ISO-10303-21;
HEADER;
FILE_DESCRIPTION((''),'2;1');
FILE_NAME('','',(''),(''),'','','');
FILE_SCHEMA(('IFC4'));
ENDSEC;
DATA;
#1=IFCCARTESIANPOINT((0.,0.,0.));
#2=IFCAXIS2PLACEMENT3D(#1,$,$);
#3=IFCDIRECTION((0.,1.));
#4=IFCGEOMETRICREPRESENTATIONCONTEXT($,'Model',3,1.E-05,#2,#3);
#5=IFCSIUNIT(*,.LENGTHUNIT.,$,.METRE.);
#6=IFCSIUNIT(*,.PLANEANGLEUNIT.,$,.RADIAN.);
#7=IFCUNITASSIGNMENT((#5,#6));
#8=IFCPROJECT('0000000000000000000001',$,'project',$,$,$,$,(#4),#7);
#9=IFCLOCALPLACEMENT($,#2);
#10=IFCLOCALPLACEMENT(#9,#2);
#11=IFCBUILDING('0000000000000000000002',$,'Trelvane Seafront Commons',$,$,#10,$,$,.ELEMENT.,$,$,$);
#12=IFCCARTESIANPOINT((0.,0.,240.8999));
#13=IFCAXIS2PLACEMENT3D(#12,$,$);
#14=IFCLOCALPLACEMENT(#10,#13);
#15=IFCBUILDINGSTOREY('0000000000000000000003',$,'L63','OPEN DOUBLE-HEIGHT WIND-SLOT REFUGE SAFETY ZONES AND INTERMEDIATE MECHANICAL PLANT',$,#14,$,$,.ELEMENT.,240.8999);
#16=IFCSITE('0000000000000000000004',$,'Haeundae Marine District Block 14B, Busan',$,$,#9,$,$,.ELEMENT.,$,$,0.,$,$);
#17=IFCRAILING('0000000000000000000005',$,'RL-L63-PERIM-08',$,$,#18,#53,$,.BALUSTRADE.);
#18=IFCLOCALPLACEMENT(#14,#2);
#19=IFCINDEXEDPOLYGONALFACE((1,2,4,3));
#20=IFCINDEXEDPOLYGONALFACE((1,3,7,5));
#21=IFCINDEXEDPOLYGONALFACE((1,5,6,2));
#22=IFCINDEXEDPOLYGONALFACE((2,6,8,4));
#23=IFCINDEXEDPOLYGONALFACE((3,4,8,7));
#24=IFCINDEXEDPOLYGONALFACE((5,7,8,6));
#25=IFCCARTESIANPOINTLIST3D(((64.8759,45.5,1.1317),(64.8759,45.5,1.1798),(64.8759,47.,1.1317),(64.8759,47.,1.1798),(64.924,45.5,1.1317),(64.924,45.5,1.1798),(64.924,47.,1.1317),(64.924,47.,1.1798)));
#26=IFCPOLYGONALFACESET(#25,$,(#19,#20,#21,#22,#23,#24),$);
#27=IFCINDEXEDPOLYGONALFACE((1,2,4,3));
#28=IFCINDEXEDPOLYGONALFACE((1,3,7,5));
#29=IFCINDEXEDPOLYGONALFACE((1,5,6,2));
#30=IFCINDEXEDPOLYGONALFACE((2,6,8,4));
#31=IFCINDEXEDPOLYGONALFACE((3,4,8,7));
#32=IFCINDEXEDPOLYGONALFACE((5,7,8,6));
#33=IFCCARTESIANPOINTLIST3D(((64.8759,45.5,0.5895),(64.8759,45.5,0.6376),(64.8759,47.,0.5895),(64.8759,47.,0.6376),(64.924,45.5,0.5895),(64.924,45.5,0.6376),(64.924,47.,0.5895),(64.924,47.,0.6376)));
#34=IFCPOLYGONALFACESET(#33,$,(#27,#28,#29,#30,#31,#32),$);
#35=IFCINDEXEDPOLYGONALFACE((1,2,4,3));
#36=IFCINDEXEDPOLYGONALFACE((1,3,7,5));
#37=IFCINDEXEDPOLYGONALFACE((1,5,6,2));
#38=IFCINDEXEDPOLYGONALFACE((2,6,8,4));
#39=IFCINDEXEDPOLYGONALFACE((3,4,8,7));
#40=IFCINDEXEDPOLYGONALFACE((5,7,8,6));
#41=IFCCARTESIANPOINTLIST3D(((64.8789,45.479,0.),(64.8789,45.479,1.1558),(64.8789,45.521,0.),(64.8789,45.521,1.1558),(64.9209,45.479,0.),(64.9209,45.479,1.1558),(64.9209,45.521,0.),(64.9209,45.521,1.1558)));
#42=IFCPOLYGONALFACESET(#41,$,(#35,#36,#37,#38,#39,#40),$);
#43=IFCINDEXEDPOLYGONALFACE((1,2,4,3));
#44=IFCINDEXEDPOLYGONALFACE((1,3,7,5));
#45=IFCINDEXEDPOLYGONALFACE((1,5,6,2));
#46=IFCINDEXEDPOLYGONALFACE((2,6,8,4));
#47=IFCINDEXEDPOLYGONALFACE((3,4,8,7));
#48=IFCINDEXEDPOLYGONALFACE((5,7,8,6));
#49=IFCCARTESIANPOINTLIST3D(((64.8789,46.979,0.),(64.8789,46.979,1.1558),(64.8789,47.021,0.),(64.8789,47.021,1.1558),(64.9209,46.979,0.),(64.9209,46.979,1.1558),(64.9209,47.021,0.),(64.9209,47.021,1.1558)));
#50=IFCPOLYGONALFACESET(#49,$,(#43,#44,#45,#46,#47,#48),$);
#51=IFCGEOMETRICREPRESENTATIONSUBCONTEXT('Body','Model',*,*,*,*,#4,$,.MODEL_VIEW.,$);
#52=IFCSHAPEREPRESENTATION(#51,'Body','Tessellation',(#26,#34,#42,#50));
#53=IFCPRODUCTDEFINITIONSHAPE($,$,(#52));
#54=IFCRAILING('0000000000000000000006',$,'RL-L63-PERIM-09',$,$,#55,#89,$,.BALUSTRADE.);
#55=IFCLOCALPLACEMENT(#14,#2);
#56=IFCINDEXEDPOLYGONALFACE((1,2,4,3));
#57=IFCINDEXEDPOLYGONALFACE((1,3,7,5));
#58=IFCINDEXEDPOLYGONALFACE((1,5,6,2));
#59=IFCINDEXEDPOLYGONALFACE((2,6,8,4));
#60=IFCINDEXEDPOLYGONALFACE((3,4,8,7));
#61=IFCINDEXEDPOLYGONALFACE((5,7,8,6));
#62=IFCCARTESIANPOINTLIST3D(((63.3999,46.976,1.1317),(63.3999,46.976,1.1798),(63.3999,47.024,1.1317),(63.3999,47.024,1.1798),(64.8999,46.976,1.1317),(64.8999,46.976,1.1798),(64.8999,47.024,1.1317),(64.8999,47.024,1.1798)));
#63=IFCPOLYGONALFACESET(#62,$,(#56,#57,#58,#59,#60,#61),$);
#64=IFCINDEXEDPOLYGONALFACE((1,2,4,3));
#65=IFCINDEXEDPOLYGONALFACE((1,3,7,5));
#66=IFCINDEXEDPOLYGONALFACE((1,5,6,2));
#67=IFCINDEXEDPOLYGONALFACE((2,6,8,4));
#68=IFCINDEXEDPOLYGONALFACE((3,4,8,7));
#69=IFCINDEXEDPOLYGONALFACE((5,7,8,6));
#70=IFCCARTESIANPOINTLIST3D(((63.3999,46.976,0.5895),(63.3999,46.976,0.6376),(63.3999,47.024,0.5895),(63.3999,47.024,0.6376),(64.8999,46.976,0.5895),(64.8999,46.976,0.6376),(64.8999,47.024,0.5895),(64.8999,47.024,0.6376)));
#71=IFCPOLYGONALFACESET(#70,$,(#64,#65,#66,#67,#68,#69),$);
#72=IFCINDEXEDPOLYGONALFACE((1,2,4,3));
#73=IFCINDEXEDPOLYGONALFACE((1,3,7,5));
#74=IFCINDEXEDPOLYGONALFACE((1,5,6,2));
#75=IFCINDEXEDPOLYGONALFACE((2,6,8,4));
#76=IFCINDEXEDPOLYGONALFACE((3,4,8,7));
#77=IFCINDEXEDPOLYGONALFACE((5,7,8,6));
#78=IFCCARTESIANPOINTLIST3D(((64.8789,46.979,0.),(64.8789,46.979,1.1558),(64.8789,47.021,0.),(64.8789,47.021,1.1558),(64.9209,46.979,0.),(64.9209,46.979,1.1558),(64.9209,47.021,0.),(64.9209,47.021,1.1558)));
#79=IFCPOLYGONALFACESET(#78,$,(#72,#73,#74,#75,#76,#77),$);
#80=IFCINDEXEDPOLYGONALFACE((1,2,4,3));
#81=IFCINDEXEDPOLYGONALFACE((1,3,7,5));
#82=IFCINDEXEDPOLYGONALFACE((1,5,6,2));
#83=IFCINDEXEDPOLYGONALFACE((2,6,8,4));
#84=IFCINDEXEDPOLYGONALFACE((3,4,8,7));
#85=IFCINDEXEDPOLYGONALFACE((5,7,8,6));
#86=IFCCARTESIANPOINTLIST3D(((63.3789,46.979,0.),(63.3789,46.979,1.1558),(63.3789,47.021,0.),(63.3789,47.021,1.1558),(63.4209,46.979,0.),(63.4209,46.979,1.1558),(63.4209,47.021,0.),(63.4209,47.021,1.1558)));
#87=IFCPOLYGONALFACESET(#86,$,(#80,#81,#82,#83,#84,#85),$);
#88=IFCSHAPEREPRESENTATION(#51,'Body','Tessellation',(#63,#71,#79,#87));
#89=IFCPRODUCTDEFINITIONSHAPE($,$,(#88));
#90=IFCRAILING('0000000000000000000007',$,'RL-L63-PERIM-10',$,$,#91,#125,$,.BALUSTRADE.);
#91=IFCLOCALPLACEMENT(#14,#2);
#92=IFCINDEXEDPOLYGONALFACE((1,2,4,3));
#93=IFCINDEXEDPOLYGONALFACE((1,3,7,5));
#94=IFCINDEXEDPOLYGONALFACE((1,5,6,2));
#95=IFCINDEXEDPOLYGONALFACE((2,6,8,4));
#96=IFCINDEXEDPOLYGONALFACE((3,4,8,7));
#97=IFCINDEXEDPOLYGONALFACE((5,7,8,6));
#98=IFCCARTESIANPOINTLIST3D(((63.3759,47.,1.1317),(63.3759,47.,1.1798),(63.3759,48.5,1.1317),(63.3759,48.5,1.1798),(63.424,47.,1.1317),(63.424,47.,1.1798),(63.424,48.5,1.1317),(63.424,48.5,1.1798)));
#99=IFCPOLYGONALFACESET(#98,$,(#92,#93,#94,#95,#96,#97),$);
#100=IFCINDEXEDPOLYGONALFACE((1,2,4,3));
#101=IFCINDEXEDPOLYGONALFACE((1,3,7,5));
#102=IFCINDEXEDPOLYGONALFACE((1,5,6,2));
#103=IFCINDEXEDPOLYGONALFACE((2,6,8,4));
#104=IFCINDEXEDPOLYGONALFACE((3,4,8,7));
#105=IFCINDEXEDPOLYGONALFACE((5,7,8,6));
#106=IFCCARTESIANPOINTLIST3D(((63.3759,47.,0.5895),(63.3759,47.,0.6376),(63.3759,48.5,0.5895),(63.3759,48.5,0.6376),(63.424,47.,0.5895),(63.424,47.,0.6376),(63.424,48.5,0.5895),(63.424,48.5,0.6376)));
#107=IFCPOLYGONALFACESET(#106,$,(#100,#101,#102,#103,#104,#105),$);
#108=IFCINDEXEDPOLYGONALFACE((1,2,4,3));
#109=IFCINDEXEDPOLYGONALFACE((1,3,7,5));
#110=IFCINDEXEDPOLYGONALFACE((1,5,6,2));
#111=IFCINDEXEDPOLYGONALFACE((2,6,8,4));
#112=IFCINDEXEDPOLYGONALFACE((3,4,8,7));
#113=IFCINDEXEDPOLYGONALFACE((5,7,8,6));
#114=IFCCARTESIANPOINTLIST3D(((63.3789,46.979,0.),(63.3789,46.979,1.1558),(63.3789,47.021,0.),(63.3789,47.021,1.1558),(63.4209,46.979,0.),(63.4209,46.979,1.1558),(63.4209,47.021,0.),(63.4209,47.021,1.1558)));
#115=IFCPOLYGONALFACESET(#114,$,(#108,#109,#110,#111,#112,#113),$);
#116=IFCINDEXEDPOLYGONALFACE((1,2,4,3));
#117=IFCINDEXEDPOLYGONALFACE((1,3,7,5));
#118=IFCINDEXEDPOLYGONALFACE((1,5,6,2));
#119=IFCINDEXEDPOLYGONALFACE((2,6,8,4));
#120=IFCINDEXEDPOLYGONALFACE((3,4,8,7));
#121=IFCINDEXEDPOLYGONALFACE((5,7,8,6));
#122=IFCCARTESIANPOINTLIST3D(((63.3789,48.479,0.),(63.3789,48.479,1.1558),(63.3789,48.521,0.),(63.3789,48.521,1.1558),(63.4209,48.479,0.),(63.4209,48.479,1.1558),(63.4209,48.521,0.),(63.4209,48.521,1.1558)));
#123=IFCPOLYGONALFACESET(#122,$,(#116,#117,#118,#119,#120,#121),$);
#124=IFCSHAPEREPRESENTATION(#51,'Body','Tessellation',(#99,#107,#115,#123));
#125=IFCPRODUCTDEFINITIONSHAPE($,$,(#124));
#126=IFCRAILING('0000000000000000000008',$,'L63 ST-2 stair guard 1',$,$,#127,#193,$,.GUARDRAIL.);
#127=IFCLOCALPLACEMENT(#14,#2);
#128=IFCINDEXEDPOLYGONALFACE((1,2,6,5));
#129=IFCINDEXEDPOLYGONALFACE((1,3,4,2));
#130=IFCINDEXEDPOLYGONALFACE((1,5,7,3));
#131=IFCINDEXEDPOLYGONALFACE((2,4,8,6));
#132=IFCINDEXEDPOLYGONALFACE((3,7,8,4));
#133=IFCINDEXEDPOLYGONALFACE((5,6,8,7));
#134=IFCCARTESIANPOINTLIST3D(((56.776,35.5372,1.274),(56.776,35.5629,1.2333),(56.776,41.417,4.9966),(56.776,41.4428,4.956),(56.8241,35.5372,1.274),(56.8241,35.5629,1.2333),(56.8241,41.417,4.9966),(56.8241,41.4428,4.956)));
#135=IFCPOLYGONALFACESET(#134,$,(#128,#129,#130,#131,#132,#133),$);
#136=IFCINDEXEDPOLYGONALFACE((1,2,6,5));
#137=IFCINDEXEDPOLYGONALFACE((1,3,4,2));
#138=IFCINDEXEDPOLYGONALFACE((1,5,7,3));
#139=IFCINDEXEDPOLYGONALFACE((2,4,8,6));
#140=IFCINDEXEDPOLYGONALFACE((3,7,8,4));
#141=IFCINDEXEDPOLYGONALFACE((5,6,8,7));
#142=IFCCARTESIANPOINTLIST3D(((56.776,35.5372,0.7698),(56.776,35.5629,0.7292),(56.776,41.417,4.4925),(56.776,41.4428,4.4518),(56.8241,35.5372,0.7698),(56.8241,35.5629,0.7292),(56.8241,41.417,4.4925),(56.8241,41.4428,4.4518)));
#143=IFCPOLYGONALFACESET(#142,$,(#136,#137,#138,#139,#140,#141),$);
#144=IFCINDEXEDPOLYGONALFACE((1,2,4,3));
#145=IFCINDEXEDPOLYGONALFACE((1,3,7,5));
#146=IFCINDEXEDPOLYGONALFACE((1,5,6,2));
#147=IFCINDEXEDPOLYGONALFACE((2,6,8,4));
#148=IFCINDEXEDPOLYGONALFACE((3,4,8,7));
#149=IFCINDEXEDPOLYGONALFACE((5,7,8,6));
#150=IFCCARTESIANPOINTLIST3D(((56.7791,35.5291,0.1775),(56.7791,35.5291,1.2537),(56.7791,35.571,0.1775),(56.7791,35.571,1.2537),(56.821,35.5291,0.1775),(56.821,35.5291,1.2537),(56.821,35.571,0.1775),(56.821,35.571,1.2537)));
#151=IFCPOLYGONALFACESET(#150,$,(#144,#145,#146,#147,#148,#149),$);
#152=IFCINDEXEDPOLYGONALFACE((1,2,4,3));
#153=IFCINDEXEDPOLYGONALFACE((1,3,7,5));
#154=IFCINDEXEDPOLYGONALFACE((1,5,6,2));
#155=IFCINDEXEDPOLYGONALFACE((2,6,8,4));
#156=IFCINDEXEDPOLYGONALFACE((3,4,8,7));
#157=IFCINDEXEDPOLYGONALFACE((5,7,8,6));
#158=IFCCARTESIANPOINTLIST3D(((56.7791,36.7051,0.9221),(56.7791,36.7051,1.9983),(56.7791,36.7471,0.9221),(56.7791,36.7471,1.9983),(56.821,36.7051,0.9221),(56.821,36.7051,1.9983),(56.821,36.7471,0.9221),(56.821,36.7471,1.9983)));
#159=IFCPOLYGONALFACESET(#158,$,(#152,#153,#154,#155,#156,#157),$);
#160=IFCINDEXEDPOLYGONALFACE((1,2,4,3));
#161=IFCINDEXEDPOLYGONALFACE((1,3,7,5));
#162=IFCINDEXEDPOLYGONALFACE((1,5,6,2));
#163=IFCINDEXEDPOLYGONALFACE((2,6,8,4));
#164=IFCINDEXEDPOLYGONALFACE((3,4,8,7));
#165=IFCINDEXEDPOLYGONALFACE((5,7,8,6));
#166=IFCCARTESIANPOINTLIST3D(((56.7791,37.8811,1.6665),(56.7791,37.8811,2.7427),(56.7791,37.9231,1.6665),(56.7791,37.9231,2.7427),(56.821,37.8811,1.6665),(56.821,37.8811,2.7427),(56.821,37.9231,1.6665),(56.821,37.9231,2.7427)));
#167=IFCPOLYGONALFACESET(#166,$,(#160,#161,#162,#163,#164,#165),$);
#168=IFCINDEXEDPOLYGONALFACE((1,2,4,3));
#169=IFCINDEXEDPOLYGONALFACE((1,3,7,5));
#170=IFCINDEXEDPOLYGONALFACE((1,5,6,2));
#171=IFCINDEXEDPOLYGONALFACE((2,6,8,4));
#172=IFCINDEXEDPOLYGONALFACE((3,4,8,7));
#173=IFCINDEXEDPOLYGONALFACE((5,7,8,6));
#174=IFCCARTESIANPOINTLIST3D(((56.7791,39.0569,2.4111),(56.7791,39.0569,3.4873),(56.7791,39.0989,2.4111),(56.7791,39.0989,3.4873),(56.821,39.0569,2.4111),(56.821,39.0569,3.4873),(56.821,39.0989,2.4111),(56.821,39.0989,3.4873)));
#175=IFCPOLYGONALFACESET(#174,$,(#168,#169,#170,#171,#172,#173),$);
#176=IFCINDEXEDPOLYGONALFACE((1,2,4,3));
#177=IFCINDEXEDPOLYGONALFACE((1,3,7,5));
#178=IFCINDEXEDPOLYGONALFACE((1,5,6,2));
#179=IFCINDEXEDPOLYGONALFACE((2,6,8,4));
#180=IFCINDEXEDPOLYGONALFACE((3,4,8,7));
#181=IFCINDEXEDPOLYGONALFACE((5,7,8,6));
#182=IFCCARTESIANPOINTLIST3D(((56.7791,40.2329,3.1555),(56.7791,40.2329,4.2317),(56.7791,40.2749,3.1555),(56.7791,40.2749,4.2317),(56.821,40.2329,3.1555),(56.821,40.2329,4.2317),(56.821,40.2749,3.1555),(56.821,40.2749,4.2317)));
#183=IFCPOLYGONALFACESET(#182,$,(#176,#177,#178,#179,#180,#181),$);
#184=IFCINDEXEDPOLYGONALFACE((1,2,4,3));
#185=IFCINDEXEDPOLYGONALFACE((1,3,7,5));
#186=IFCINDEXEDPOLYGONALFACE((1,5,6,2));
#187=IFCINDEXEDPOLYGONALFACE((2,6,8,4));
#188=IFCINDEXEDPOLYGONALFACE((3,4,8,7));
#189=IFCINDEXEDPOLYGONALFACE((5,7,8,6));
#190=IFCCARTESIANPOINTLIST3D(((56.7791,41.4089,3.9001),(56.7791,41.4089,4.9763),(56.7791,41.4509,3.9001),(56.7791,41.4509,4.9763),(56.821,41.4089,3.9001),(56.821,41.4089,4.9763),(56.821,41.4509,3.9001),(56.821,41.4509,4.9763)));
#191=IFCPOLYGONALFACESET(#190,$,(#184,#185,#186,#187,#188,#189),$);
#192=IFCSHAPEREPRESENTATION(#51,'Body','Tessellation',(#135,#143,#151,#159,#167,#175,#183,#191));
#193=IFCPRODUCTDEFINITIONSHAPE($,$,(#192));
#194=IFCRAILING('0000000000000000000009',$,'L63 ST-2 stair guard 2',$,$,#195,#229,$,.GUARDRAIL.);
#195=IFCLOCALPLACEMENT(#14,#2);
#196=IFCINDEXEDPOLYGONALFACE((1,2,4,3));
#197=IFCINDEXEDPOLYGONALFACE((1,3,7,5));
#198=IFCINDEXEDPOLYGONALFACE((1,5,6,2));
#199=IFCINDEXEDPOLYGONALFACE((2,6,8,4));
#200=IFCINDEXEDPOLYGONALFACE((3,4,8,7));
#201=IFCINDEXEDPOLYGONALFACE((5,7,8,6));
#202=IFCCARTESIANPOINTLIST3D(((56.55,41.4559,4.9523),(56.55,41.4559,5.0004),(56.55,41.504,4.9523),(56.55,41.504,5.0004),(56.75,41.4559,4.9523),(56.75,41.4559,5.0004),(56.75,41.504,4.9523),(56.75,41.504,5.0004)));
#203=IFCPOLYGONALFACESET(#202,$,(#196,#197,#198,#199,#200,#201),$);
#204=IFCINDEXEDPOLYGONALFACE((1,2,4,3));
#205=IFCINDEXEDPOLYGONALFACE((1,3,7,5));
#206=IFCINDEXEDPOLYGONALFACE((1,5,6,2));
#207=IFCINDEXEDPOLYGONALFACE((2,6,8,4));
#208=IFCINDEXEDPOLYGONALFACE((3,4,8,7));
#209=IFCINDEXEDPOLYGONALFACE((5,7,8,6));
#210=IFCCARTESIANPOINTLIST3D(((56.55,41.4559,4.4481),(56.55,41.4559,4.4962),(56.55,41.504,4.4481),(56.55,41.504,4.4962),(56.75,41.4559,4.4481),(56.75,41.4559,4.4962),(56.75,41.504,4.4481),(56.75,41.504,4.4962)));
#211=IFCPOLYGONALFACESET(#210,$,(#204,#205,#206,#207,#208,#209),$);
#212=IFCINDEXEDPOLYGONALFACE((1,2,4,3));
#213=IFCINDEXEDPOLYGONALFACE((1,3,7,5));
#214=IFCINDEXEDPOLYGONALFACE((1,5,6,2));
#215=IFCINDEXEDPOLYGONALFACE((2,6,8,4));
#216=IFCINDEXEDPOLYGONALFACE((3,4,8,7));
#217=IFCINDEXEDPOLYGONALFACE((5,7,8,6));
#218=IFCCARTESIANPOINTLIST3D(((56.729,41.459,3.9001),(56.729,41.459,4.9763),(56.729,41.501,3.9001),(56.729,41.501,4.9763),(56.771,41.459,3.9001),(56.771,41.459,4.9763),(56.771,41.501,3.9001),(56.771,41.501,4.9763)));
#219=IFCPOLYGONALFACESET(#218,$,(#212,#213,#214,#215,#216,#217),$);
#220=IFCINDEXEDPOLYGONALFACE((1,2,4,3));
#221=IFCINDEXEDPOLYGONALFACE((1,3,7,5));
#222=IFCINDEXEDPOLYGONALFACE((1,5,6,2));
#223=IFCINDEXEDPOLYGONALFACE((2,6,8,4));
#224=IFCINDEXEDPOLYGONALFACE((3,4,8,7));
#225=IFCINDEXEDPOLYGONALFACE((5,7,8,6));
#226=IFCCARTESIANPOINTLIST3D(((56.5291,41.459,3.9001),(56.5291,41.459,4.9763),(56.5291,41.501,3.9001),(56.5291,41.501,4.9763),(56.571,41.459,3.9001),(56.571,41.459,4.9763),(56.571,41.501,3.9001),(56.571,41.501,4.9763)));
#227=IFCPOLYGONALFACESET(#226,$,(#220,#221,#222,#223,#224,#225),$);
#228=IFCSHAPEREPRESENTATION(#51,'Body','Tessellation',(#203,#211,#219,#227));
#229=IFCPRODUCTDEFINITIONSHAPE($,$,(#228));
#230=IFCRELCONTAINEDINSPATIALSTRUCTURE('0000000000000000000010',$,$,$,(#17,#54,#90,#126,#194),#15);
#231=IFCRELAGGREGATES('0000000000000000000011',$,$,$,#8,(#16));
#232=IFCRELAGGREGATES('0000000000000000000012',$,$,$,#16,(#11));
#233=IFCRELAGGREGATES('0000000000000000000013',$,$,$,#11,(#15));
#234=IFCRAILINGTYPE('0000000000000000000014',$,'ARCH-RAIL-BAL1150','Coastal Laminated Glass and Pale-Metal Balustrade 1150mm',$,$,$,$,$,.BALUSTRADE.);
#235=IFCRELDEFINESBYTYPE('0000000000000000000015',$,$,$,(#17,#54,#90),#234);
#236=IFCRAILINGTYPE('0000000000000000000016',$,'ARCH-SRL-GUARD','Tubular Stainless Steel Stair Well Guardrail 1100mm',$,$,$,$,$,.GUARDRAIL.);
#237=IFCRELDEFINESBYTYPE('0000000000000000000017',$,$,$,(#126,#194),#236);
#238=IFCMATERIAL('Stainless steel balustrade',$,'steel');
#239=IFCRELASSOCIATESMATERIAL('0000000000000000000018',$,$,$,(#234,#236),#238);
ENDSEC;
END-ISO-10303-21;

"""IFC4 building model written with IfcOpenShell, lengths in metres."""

from ifc_helpers import new_model, si_unit, direction, frame, origin, origin_2d, place, context, subcontext, project, spatial, rectangle, extrude, material, type_object, element, save


model = new_model("IFC4")

# Units and contexts
model_context = context("Model", 3, precision=1e-05, world=origin(), true_north=direction((0.0, 1.0)))
body_context = subcontext(model_context, "Body", "Model", "MODEL_VIEW")
ifc_project = project(units=[si_unit("LENGTHUNIT", "METRE"), si_unit("PLANEANGLEUNIT", "RADIAN")], contexts=[model_context])

# Site, building, storey
site_placement = place(None, origin())
site = spatial("IfcSite", under=ifc_project, at=site_placement, Name="Haeundae Marine District Block 14B, Busan", CompositionType="ELEMENT", RefElevation=0.0)
building_placement = place(site_placement, origin())
building = spatial("IfcBuilding", under=site, at=building_placement, Name="Trelvane Seafront Commons", CompositionType="ELEMENT")
storey_placement = place(building_placement, frame((0.0, 0.0, 240.8999)))
storey = spatial("IfcBuildingStorey", under=building, at=storey_placement, Name="L63", Description="OPEN DOUBLE-HEIGHT WIND-SLOT REFUGE SAFETY ZONES AND INTERMEDIATE MECHANICAL PLANT", CompositionType="ELEMENT", Elevation=240.8999)

# Railings
ifc_material_1 = material(Name="Stainless steel balustrade", Category="steel")
railing_type_1 = type_object("IfcRailingType", Name="ARCH-RAIL-BAL1150", Description="Coastal Laminated Glass and Pale-Metal Balustrade 1150mm", PredefinedType="BALUSTRADE", material=ifc_material_1)
railing_1_placement = place(storey_placement, frame((64.8999, 45.5, 0.0)))
element("IfcRailing", 1, at=railing_1_placement, inside=storey, type_object=railing_type_1, Name="RL-L63-PERIM-08", PredefinedType="BALUSTRADE", context=body_context, shape_type="SweptSolid", body=[
    extrude(rectangle(XDim=0.0481, YDim=0.0481, at=origin_2d()), frame((0.0, 0.0, 1.1558), z_axis=(0.0, 1.0, 0.0), x_axis=(-1.0, 0.0, 0.0)), (0.0, 0.0, 1.0), 1.5),
    extrude(rectangle(XDim=0.0481, YDim=0.0481, at=origin_2d()), frame((0.0, 0.0, 0.6135), z_axis=(0.0, 1.0, 0.0), x_axis=(-1.0, 0.0, 0.0)), (0.0, 0.0, 1.0), 1.5),
    extrude(rectangle(XDim=0.042, YDim=0.042, at=origin_2d()), origin(), (0.0, 0.0, 1.0), 1.1558),
    extrude(rectangle(XDim=0.042, YDim=0.042, at=origin_2d()), frame((0.0, 1.5, 0.0)), (0.0, 0.0, 1.0), 1.1558),
])
railing_2_placement = place(storey_placement, frame((64.8999, 47.0, 0.0)))
element("IfcRailing", 2, at=railing_2_placement, inside=storey, type_object=railing_type_1, Name="RL-L63-PERIM-09", PredefinedType="BALUSTRADE", context=body_context, shape_type="SweptSolid", body=[
    extrude(rectangle(XDim=0.0481, YDim=0.0481, at=origin_2d()), frame((0.0, 0.0, 1.1558), z_axis=(-1.0, 0.0, 0.0), x_axis=(0.0, -1.0, 0.0)), (0.0, 0.0, 1.0), 1.5),
    extrude(rectangle(XDim=0.0481, YDim=0.0481, at=origin_2d()), frame((0.0, 0.0, 0.6135), z_axis=(-1.0, 0.0, 0.0), x_axis=(0.0, -1.0, 0.0)), (0.0, 0.0, 1.0), 1.5),
    extrude(rectangle(XDim=0.042, YDim=0.042, at=origin_2d()), origin(), (0.0, 0.0, 1.0), 1.1558),
    extrude(rectangle(XDim=0.042, YDim=0.042, at=origin_2d()), frame((-1.5, 0.0, 0.0)), (0.0, 0.0, 1.0), 1.1558),
])
railing_3_placement = place(storey_placement, frame((63.3999, 47.0, 0.0)))
element("IfcRailing", 3, at=railing_3_placement, inside=storey, type_object=railing_type_1, Name="RL-L63-PERIM-10", PredefinedType="BALUSTRADE", context=body_context, shape_type="SweptSolid", body=[
    extrude(rectangle(XDim=0.0481, YDim=0.0481, at=origin_2d()), frame((0.0, 0.0, 1.1558), z_axis=(0.0, 1.0, 0.0), x_axis=(-1.0, 0.0, 0.0)), (0.0, 0.0, 1.0), 1.5),
    extrude(rectangle(XDim=0.0481, YDim=0.0481, at=origin_2d()), frame((0.0, 0.0, 0.6135), z_axis=(0.0, 1.0, 0.0), x_axis=(-1.0, 0.0, 0.0)), (0.0, 0.0, 1.0), 1.5),
    extrude(rectangle(XDim=0.042, YDim=0.042, at=origin_2d()), origin(), (0.0, 0.0, 1.0), 1.1558),
    extrude(rectangle(XDim=0.042, YDim=0.042, at=origin_2d()), frame((0.0, 1.5, 0.0)), (0.0, 0.0, 1.0), 1.1558),
])
railing_type_2 = type_object("IfcRailingType", Name="ARCH-SRL-GUARD", Description="Tubular Stainless Steel Stair Well Guardrail 1100mm", PredefinedType="GUARDRAIL", material=ifc_material_1)
railing_4_placement = place(storey_placement, frame((56.8, 35.55, 0.1775)))
element("IfcRailing", 4, at=railing_4_placement, inside=storey, type_object=railing_type_2, Name="L63 ST-2 stair guard 1", PredefinedType="GUARDRAIL", context=body_context, shape_type="SweptSolid", body=[
    extrude(rectangle(XDim=0.0481, YDim=0.0481, at=origin_2d()), frame((0.0, 0.0, 1.0762), z_axis=(0.0, 0.844902, 0.534922), x_axis=(-1.0, 0.0, 0.0)), (0.0, 0.0, 1.0), 6.9592),
    extrude(rectangle(XDim=0.0481, YDim=0.0481, at=origin_2d()), frame((0.0, 0.0, 0.572), z_axis=(0.0, 0.844902, 0.534922), x_axis=(-1.0, 0.0, 0.0)), (0.0, 0.0, 1.0), 6.9592),
    extrude(rectangle(XDim=0.042, YDim=0.042, at=origin_2d()), origin(), (0.0, 0.0, 1.0), 1.0762),
    extrude(rectangle(XDim=0.042, YDim=0.042, at=origin_2d()), frame((0.0, 1.176, 0.7446)), (0.0, 0.0, 1.0), 1.0762),
    extrude(rectangle(XDim=0.042, YDim=0.042, at=origin_2d()), frame((0.0, 2.3521, 1.489)), (0.0, 0.0, 1.0), 1.0762),
    extrude(rectangle(XDim=0.042, YDim=0.042, at=origin_2d()), frame((0.0, 3.5278, 2.2336)), (0.0, 0.0, 1.0), 1.0762),
    extrude(rectangle(XDim=0.042, YDim=0.042, at=origin_2d()), frame((0.0, 4.7039, 2.978)), (0.0, 0.0, 1.0), 1.0762),
    extrude(rectangle(XDim=0.042, YDim=0.042, at=origin_2d()), frame((0.0, 5.8799, 3.7227)), (0.0, 0.0, 1.0), 1.0762),
])
railing_5_placement = place(storey_placement, frame((56.75, 41.48, 3.9001)))
element("IfcRailing", 5, at=railing_5_placement, inside=storey, type_object=railing_type_2, Name="L63 ST-2 stair guard 2", PredefinedType="GUARDRAIL", context=body_context, shape_type="SweptSolid", body=[
    extrude(rectangle(XDim=0.0481, YDim=0.0481, at=origin_2d()), frame((0.0, 0.0, 1.0762), z_axis=(-1.0, 0.0, 0.0), x_axis=(0.0, -1.0, 0.0)), (0.0, 0.0, 1.0), 0.2),
    extrude(rectangle(XDim=0.0481, YDim=0.0481, at=origin_2d()), frame((0.0, 0.0, 0.572), z_axis=(-1.0, 0.0, 0.0), x_axis=(0.0, -1.0, 0.0)), (0.0, 0.0, 1.0), 0.2),
    extrude(rectangle(XDim=0.042, YDim=0.042, at=origin_2d()), origin(), (0.0, 0.0, 1.0), 1.0762),
    extrude(rectangle(XDim=0.042, YDim=0.042, at=origin_2d()), frame((-0.2, 0.0, 0.0)), (0.0, 0.0, 1.0), 1.0762),
])

save(model, "model.ifc")
